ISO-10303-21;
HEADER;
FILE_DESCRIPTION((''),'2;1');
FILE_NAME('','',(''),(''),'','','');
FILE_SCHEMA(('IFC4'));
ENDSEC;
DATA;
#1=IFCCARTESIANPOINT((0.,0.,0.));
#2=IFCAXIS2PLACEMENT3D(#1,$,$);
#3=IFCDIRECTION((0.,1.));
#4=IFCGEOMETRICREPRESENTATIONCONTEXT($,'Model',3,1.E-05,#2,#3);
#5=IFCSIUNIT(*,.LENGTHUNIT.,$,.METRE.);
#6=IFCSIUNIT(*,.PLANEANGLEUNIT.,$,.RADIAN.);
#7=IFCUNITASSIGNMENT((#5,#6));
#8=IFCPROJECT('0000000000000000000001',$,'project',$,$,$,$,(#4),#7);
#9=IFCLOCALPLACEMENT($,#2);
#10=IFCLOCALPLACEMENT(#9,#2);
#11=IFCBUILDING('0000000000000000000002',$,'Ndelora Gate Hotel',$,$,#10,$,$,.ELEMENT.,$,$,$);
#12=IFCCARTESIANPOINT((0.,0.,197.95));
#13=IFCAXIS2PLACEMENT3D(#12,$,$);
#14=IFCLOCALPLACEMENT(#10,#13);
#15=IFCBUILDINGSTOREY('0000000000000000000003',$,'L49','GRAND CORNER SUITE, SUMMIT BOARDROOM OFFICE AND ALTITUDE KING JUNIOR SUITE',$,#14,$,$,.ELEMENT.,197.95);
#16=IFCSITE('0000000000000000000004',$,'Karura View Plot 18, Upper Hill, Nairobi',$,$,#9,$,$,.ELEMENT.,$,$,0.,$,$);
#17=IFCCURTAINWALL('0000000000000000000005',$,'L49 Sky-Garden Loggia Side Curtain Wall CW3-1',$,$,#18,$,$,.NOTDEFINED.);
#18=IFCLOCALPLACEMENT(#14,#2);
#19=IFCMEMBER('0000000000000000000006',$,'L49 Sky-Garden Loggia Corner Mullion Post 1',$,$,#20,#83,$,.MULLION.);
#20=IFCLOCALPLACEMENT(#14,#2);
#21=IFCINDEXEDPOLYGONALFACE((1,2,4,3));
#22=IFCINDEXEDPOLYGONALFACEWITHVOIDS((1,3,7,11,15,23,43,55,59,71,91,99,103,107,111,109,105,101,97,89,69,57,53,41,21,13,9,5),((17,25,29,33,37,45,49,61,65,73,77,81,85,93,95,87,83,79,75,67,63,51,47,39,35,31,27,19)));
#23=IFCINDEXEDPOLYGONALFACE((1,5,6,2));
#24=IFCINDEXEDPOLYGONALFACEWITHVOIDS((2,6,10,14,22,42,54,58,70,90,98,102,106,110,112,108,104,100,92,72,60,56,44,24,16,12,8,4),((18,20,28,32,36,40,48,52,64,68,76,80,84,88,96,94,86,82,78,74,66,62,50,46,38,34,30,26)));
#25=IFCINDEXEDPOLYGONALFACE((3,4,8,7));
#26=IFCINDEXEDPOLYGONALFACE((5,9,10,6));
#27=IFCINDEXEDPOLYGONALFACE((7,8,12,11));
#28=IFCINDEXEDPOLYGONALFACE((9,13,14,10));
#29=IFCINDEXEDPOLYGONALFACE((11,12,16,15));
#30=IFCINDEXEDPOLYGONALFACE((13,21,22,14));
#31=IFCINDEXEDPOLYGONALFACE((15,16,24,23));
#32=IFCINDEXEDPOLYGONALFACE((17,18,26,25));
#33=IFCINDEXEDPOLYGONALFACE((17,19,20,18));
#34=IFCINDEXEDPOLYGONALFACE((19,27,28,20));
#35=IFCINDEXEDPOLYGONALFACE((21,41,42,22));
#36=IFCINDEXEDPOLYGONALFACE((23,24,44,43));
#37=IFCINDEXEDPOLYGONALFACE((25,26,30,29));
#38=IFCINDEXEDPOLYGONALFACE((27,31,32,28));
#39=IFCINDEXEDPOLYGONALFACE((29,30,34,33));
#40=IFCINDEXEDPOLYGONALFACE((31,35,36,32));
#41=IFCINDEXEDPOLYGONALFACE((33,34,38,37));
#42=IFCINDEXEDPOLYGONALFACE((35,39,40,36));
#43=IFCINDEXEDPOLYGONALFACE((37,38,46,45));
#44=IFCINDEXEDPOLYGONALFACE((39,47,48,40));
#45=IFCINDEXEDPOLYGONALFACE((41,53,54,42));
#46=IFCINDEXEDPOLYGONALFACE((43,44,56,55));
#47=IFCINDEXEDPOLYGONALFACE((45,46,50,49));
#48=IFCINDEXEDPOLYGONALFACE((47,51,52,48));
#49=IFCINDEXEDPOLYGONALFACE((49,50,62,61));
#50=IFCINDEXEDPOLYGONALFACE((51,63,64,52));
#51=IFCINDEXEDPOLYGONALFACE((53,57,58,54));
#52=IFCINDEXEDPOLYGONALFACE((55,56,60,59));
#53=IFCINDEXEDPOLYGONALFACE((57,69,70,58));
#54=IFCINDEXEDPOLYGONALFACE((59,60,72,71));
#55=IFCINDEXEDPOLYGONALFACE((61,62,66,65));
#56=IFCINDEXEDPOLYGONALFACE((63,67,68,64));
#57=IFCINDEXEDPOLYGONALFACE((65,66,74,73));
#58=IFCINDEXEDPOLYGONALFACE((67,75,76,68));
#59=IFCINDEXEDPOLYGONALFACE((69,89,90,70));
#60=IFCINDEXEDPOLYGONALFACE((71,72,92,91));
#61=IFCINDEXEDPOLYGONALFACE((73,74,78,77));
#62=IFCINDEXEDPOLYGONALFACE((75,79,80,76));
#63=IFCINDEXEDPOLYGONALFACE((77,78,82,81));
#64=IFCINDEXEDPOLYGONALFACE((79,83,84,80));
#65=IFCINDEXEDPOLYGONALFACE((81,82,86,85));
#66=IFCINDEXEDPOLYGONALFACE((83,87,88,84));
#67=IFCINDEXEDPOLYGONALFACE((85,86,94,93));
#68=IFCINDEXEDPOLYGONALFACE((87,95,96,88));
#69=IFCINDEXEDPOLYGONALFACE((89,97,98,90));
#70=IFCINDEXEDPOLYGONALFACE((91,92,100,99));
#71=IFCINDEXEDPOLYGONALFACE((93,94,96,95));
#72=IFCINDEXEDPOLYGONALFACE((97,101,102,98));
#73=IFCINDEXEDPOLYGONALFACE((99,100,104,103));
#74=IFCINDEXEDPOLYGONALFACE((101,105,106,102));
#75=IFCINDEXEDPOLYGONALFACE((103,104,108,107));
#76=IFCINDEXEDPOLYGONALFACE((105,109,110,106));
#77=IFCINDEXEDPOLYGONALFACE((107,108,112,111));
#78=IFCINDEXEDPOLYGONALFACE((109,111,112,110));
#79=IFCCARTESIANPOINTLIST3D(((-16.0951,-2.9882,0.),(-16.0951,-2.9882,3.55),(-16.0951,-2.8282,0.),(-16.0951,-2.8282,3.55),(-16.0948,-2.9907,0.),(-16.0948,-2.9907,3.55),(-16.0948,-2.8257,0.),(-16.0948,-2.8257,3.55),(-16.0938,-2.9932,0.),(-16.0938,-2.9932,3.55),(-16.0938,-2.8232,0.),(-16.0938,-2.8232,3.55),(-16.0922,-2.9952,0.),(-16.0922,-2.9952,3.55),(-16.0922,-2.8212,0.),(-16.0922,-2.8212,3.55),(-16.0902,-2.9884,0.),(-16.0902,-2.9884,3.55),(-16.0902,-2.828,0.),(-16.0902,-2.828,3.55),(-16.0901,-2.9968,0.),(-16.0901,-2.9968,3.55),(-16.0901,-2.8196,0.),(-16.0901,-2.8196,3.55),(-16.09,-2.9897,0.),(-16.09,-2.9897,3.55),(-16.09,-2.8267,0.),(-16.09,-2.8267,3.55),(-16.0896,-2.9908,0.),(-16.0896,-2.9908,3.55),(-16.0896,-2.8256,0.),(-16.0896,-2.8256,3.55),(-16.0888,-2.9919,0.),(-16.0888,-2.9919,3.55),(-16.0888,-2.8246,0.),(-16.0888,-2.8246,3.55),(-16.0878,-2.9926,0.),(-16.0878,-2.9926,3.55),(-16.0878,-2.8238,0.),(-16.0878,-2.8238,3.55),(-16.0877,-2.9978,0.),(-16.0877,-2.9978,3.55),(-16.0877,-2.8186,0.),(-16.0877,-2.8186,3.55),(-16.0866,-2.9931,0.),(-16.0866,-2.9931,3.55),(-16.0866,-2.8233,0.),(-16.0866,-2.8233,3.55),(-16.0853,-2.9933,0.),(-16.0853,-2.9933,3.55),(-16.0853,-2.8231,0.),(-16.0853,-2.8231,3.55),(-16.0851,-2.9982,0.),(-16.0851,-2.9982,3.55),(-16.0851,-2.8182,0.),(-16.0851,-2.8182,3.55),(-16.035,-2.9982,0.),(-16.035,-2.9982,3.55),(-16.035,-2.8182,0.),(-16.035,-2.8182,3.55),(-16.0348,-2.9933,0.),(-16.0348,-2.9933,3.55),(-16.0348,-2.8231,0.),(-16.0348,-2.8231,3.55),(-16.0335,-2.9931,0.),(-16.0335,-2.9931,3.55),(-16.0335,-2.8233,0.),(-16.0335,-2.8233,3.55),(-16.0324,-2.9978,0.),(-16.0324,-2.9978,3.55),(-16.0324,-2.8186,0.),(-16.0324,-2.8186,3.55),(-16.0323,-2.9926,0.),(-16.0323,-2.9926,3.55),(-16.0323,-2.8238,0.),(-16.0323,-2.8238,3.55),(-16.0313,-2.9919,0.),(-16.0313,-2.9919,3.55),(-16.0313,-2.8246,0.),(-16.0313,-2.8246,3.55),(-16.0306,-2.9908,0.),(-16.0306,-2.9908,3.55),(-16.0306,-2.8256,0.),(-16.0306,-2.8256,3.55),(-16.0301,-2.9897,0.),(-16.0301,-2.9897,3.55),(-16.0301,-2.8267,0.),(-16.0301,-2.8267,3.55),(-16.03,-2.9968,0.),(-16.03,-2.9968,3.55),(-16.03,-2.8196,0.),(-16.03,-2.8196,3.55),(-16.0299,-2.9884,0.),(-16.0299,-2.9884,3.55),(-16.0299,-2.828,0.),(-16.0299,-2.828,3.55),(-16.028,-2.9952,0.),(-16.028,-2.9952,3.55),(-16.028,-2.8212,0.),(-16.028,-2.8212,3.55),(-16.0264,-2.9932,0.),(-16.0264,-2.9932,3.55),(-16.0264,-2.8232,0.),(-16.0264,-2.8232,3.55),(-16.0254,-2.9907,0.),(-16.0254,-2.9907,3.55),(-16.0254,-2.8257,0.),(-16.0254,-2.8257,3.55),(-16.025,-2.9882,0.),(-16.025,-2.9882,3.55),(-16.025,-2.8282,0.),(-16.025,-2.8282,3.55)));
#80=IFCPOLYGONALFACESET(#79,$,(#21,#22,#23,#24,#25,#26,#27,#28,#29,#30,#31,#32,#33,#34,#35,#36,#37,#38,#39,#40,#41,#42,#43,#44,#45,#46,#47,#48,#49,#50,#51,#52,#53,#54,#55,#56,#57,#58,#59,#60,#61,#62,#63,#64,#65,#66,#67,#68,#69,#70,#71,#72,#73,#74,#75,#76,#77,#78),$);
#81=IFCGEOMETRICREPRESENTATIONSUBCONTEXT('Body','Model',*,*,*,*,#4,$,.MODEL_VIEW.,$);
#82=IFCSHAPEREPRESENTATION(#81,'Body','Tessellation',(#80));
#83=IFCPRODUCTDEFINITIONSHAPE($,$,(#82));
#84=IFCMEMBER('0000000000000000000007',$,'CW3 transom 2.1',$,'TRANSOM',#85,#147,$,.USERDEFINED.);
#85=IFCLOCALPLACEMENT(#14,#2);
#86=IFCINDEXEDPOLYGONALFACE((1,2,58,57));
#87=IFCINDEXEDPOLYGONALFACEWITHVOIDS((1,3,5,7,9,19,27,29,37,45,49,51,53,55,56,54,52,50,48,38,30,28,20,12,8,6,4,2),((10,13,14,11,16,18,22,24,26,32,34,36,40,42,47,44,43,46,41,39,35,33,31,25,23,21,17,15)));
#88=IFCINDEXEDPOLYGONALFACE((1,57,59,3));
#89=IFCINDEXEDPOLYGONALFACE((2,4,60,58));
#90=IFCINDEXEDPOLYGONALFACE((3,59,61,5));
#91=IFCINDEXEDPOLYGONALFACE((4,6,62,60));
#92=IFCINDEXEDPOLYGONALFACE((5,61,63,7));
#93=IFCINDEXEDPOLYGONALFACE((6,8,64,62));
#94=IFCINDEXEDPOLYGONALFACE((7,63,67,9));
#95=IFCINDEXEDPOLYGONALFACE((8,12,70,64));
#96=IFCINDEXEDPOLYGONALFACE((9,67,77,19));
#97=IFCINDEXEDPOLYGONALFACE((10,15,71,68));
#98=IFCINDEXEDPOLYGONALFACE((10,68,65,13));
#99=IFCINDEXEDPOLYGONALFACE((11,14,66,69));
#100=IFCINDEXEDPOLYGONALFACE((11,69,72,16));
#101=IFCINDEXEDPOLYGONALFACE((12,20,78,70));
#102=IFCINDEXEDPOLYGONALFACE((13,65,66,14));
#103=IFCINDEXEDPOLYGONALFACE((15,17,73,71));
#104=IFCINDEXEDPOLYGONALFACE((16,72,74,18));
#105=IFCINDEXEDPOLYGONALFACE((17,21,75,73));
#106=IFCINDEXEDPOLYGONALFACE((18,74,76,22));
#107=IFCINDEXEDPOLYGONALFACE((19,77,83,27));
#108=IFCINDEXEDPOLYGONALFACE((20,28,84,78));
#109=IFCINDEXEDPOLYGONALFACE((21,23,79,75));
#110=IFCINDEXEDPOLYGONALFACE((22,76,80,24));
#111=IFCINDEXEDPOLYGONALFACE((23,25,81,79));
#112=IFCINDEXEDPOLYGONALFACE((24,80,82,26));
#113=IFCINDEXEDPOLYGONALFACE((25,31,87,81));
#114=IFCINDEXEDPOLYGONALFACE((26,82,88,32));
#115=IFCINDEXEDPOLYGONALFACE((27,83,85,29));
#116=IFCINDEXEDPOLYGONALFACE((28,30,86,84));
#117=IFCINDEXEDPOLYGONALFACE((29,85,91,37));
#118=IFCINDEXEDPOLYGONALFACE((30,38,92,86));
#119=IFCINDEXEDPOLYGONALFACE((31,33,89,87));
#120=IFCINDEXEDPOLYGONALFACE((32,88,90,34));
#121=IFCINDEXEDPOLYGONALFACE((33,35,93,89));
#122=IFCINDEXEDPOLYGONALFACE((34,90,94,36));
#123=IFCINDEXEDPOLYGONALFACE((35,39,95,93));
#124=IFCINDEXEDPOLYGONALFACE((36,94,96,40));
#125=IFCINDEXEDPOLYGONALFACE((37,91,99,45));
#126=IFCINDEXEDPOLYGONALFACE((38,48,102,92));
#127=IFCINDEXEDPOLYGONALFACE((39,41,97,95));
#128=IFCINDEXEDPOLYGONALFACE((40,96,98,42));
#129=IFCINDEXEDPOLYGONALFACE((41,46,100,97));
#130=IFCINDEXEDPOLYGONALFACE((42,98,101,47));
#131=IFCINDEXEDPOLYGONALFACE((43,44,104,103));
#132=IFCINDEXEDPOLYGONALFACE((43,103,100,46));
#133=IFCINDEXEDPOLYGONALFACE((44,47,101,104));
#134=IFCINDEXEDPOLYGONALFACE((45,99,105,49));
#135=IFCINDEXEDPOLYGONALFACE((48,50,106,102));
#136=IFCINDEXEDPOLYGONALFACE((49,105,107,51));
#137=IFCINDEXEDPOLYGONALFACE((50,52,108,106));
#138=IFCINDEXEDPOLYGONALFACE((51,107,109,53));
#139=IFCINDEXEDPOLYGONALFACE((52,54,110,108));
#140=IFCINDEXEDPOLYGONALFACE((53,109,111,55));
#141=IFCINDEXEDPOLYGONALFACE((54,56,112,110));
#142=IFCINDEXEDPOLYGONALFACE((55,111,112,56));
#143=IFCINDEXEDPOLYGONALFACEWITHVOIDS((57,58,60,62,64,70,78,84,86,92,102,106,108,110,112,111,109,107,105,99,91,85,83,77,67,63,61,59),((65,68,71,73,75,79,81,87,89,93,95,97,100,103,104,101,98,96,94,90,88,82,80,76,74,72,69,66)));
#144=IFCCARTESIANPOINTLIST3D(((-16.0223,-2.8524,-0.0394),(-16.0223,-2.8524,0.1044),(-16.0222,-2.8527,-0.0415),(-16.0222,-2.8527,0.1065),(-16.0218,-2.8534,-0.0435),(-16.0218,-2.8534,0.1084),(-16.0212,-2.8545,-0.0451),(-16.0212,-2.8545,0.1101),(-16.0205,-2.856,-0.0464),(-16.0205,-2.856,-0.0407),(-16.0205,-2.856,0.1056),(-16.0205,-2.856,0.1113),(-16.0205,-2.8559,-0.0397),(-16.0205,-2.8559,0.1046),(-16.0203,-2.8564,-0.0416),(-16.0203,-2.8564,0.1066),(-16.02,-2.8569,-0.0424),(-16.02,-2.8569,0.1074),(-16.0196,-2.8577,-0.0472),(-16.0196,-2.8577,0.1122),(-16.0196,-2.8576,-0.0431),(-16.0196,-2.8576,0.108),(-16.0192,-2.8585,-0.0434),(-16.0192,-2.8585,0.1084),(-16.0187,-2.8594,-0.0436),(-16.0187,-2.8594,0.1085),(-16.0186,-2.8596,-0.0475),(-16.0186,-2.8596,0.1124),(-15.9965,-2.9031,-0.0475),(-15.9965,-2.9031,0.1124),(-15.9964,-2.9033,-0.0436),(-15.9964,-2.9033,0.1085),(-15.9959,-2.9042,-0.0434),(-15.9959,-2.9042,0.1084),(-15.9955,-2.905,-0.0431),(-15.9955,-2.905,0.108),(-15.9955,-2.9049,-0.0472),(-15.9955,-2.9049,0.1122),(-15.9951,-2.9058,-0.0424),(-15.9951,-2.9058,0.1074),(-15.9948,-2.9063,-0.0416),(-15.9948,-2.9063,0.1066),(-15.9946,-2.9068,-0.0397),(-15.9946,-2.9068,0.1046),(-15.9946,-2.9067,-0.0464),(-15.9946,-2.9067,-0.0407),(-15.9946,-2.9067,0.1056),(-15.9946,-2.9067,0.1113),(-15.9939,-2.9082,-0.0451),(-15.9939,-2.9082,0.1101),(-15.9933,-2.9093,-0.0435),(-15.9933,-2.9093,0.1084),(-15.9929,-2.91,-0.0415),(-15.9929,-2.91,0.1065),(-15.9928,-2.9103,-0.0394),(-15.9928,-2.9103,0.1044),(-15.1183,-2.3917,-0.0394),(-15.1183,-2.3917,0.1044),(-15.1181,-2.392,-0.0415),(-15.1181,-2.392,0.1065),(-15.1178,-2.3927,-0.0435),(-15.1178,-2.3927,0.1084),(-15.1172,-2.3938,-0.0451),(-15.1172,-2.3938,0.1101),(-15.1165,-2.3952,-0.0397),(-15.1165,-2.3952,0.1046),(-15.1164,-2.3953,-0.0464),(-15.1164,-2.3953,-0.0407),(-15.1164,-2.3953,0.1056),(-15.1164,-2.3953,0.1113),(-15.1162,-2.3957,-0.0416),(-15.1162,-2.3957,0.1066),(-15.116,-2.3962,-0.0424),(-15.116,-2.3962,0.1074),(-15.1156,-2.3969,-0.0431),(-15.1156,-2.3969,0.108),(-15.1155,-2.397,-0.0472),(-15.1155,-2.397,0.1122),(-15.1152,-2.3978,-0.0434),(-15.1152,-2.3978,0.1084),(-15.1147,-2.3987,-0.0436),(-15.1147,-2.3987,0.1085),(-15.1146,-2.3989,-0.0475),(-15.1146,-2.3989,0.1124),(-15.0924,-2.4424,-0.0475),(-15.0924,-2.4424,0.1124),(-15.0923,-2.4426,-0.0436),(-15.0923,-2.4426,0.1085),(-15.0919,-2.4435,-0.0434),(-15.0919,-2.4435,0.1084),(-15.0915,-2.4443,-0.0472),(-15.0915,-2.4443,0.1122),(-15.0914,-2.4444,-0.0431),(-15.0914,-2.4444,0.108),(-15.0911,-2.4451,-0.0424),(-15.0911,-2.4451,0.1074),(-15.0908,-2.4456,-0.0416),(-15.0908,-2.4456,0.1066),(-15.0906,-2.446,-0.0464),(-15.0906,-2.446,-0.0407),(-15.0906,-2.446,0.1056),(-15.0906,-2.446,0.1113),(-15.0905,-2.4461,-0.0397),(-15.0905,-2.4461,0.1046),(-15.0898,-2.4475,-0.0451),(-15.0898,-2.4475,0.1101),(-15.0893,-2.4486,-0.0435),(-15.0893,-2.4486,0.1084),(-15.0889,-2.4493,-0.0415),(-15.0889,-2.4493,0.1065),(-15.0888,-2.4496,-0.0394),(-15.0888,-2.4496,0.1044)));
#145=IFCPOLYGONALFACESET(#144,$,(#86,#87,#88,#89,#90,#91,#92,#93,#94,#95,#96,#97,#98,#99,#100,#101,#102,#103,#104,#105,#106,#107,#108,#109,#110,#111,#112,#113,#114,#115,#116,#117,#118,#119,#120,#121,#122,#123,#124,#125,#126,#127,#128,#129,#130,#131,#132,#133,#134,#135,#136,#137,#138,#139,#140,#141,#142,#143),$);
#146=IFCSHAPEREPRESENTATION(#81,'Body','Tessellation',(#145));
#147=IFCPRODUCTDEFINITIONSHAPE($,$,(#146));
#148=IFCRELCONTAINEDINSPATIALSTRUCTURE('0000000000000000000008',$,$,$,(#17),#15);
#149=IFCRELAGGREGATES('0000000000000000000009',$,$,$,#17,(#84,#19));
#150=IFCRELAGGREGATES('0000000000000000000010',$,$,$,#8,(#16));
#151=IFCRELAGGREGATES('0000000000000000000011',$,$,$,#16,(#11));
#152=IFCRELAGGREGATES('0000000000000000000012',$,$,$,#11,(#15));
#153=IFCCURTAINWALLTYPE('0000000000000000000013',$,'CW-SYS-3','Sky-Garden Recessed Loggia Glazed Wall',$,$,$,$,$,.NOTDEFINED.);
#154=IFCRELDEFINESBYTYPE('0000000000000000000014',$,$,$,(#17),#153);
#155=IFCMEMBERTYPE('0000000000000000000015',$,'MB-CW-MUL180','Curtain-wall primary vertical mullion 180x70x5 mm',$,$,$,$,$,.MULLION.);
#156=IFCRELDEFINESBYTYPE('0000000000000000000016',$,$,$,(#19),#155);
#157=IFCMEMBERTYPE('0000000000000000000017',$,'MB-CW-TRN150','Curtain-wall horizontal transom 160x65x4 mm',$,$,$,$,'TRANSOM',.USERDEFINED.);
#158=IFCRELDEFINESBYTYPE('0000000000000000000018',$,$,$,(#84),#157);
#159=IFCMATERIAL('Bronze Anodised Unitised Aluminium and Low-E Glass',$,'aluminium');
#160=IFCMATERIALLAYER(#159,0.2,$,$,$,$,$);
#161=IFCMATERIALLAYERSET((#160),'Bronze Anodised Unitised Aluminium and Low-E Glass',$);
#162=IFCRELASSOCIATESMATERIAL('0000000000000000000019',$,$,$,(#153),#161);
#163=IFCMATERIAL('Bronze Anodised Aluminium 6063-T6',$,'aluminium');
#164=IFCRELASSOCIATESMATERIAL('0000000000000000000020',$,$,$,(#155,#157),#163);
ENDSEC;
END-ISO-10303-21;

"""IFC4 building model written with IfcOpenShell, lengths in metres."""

from ifc_helpers import new_model, si_unit, direction, frame, origin, origin_2d, place, context, subcontext, project, spatial, hollow_rectangle, extrude, material, layer, layer_set, material_profile, profile_set, type_object, element, aggregate, save


model = new_model("IFC4")

# Units and contexts
model_context = context("Model", 3, precision=1e-05, world=origin(), true_north=direction((0.0, 1.0)))
body_context = subcontext(model_context, "Body", "Model", "MODEL_VIEW")
ifc_project = project(units=[si_unit("LENGTHUNIT", "METRE"), si_unit("PLANEANGLEUNIT", "RADIAN")], contexts=[model_context])

# Site, building, storey
site_placement = place(None, origin())
site = spatial("IfcSite", under=ifc_project, at=site_placement, Name="Karura View Plot 18, Upper Hill, Nairobi", CompositionType="ELEMENT", RefElevation=0.0)
building_placement = place(site_placement, origin())
building = spatial("IfcBuilding", under=site, at=building_placement, Name="Ndelora Gate Hotel", CompositionType="ELEMENT")
storey_placement = place(building_placement, frame((0.0, 0.0, 197.95)))
storey = spatial("IfcBuildingStorey", under=building, at=storey_placement, Name="L49", Description="GRAND CORNER SUITE, SUMMIT BOARDROOM OFFICE AND ALTITUDE KING JUNIOR SUITE", CompositionType="ELEMENT", Elevation=197.95)

# Curtain wall, members
ifc_material_1 = material(Name="Bronze Anodised Unitised Aluminium and Low-E Glass", Category="aluminium")
ifc_layer_1 = layer(ifc_material_1, 0.2)
ifc_layer_set_1 = layer_set([ifc_layer_1], Name="Bronze Anodised Unitised Aluminium and Low-E Glass")
curtain_wall_type = type_object("IfcCurtainWallType", Name="CW-SYS-3", Description="Sky-Garden Recessed Loggia Glazed Wall", PredefinedType="NOTDEFINED", material=ifc_layer_set_1)
curtain_wall_placement = place(storey_placement, origin())
curtain_wall = element("IfcCurtainWall", 1, at=curtain_wall_placement, inside=storey, type_object=curtain_wall_type, Name="L49 Sky-Garden Loggia Side Curtain Wall CW3-1", PredefinedType="NOTDEFINED")
ifc_material_2 = material(Name="Bronze Anodised Aluminium 6063-T6", Category="aluminium")
ifc_material_profile_1 = material_profile(ifc_material_2, hollow_rectangle(XDim=0.0701, YDim=0.1799, WallThickness=0.0049, InnerFilletRadius=0.0049, OuterFilletRadius=0.01, at=origin_2d()), Name="ALU 180x70x5")
ifc_profile_set_1 = profile_set([ifc_material_profile_1], Name="Bronze Anodised Aluminium 6063-T6")
member_type_1 = type_object("IfcMemberType", Name="MB-CW-MUL180", Description="Curtain-wall primary vertical mullion 180x70x5 mm", PredefinedType="MULLION", material=ifc_profile_set_1)
member_1_placement = place(storey_placement, frame((-16.0601, -2.9082, 0.0), z_axis=(0.0, 0.0, 1.0), x_axis=(1.0, 0.0, 0.0)))
member_1 = element("IfcMember", 2, at=member_1_placement, type_object=member_type_1, Name="L49 Sky-Garden Loggia Corner Mullion Post 1", PredefinedType="MULLION", context=body_context, shape_type="SweptSolid", body=[
    extrude(hollow_rectangle(XDim=0.0701, YDim=0.1799, WallThickness=0.0049, InnerFilletRadius=0.0049, OuterFilletRadius=0.01, at=origin_2d()), origin(), (0.0, 0.0, 1.0), 3.55),
])
ifc_material_profile_2 = material_profile(ifc_material_2, hollow_rectangle(XDim=0.0649, YDim=0.1599, WallThickness=0.0039, InnerFilletRadius=0.0039, OuterFilletRadius=0.0081, at=origin_2d()), Name="ALU 160x65x4")
ifc_profile_set_2 = profile_set([ifc_material_profile_2], Name="Bronze Anodised Aluminium 6063-T6")
member_type_2 = type_object("IfcMemberType", Name="MB-CW-TRN150", Description="Curtain-wall horizontal transom 160x65x4 mm", ElementType="TRANSOM", PredefinedType="USERDEFINED", material=ifc_profile_set_2)
member_2_placement = place(storey_placement, frame((-15.1035, -2.4207, 0.0325), z_axis=(-0.890984, -0.454034, 0.0), x_axis=(0.454034, -0.890984, 0.0)))
member_2 = element("IfcMember", 3, at=member_2_placement, type_object=member_type_2, Name="CW3 transom 2.1", ObjectType="TRANSOM", PredefinedType="USERDEFINED", context=body_context, shape_type="SweptSolid", body=[
    extrude(hollow_rectangle(XDim=0.0649, YDim=0.1599, WallThickness=0.0039, InnerFilletRadius=0.0039, OuterFilletRadius=0.0081, at=origin_2d()), origin(), (0.0, 0.0, 1.0), 1.0146),
])
aggregate(curtain_wall, [member_2, member_1])

save(model, "model.ifc")
